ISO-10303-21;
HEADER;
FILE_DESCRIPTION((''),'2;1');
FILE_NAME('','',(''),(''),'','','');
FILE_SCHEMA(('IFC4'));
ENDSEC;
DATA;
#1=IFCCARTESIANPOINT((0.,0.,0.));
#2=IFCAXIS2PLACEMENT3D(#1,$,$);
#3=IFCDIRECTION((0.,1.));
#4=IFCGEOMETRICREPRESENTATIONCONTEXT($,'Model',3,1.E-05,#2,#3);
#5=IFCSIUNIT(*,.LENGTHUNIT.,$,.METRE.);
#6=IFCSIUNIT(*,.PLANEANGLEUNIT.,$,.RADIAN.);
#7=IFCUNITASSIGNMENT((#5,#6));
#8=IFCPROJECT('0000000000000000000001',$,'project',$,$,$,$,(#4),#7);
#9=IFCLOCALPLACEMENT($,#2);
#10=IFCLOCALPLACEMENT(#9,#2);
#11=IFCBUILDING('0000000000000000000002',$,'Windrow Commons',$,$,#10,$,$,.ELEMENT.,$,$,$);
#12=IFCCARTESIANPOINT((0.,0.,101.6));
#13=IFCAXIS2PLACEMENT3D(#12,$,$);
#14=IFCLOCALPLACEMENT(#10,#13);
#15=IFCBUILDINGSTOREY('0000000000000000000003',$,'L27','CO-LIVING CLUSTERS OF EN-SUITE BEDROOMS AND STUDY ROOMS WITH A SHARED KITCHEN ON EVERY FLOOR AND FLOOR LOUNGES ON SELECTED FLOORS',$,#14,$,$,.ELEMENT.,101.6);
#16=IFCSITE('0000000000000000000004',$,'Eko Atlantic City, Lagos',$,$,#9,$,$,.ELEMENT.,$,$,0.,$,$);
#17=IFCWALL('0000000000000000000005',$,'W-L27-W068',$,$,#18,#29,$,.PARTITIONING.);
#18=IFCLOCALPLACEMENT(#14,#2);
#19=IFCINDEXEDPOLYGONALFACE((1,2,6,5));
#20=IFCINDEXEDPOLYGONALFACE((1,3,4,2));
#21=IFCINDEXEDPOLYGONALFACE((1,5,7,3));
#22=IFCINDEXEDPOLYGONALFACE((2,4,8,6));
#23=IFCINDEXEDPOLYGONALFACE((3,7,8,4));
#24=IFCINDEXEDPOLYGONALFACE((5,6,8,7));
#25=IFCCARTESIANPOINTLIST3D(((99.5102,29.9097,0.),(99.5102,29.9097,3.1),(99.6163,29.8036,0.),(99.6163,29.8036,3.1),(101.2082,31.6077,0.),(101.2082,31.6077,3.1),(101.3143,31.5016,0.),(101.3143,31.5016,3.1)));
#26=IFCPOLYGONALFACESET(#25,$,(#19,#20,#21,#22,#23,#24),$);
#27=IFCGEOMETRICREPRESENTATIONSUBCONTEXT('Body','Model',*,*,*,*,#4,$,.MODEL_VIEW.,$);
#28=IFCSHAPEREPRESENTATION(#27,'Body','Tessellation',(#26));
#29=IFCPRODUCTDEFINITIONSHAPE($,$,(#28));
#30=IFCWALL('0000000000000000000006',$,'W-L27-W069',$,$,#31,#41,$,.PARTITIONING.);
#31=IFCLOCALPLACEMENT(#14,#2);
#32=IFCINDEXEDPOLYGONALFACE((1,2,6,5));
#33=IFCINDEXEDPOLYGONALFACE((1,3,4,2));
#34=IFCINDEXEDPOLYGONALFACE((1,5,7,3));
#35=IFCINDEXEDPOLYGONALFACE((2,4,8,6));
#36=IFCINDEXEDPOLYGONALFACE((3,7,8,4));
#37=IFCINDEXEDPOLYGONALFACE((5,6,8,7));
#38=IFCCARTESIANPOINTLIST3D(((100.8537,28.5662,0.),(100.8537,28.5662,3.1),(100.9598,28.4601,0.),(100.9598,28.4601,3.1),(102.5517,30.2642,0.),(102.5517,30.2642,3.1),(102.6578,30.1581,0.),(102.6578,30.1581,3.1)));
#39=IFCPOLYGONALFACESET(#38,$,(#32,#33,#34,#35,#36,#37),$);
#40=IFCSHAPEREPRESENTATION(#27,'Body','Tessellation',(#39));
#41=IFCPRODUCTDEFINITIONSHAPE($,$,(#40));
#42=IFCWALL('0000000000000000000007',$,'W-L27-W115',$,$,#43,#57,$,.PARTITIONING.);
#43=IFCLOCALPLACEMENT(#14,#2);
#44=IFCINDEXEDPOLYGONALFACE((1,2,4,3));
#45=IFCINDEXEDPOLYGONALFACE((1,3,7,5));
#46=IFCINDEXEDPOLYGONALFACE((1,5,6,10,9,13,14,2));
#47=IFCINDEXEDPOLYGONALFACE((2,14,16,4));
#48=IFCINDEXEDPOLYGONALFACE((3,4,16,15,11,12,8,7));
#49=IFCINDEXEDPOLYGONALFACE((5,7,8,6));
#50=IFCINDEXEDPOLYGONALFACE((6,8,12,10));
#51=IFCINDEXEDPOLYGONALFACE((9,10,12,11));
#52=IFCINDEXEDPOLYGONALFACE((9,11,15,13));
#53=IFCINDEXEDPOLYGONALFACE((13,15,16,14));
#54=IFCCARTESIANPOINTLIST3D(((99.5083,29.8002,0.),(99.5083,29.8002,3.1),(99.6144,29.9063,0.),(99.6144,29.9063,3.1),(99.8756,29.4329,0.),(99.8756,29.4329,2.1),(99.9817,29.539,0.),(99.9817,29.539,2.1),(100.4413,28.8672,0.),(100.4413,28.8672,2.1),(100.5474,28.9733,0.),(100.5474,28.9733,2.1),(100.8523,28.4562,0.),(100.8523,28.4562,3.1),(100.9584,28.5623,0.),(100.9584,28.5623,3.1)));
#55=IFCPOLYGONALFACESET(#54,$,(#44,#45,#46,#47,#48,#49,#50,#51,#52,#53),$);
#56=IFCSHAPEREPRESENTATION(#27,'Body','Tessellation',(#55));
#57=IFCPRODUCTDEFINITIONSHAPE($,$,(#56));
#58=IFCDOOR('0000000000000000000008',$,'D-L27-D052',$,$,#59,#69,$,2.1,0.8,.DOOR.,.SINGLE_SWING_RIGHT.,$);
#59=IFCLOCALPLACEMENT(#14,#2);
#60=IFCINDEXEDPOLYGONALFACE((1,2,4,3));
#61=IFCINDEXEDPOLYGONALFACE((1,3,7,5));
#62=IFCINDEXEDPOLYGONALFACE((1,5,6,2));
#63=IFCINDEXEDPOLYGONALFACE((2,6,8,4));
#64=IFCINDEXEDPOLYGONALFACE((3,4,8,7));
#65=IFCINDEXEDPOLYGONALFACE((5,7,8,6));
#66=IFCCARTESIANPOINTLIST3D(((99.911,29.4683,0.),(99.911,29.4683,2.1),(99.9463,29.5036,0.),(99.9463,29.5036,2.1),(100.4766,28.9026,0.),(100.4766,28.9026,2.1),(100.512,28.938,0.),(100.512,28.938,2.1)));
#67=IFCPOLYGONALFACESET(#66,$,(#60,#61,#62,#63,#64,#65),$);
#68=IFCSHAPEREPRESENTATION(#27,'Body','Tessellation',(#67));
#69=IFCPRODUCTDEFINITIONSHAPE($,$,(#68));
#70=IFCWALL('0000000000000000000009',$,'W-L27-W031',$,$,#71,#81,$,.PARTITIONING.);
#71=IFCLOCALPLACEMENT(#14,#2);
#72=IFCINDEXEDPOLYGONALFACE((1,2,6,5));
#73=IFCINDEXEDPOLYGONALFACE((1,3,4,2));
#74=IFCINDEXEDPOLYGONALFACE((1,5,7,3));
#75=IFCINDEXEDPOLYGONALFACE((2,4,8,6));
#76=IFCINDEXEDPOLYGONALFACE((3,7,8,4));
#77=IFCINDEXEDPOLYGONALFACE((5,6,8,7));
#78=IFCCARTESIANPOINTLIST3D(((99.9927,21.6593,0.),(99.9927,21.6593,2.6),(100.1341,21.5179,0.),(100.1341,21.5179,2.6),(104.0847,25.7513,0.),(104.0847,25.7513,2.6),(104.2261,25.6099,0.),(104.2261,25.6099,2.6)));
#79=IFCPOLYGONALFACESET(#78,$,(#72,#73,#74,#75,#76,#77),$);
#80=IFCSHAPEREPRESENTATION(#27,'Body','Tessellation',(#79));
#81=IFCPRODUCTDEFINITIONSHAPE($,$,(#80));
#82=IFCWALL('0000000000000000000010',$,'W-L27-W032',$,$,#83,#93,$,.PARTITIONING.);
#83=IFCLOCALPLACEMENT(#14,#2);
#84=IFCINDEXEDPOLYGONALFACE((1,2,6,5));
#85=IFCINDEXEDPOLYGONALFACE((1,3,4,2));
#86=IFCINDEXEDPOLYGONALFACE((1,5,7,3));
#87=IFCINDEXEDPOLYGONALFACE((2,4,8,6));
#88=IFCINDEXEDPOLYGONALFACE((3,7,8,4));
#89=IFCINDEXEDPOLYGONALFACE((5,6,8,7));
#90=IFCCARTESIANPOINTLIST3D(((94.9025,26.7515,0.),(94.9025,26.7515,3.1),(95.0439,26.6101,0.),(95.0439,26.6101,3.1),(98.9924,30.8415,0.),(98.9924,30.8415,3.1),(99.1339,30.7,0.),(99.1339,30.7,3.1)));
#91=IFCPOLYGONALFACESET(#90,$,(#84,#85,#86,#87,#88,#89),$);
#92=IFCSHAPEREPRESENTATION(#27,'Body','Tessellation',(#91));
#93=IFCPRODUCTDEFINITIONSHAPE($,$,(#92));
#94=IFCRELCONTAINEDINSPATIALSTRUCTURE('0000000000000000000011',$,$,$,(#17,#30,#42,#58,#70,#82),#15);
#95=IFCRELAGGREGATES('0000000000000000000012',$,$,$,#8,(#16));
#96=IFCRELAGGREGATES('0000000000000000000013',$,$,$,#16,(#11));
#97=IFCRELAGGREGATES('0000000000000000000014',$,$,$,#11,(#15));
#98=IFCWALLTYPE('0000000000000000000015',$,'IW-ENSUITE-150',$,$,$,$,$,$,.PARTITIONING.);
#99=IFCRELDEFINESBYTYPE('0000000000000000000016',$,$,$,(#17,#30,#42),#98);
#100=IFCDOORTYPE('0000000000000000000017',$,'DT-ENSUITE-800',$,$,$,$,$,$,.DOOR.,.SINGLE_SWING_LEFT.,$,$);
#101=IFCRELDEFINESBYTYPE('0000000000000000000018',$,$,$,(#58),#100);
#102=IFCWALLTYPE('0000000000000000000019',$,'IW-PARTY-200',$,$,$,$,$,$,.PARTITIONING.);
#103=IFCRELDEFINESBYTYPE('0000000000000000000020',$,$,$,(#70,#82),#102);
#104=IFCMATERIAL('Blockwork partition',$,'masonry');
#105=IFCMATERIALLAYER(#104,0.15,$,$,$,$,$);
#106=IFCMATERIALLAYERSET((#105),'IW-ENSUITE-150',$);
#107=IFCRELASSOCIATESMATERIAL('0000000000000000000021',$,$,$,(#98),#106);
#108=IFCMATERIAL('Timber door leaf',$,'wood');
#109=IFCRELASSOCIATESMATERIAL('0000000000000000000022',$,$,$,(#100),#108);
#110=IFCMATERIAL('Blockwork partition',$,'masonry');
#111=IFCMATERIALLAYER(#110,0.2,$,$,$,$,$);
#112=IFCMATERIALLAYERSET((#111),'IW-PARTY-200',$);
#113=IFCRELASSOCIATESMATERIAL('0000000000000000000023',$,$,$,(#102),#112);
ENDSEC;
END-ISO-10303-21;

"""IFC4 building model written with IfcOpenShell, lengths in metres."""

from ifc_helpers import new_model, si_unit, direction, frame, frame_2d, origin, place, context, subcontext, project, spatial, rectangle, extrude, material, layer, layer_set, type_object, element, fill, save


model = new_model("IFC4")

# Units and contexts
model_context = context("Model", 3, precision=1e-05, world=origin(), true_north=direction((0.0, 1.0)))
body_context = subcontext(model_context, "Body", "Model", "MODEL_VIEW")
ifc_project = project(units=[si_unit("LENGTHUNIT", "METRE"), si_unit("PLANEANGLEUNIT", "RADIAN")], contexts=[model_context])

# Site, building, storey
site_placement = place(None, origin())
site = spatial("IfcSite", under=ifc_project, at=site_placement, Name="Eko Atlantic City, Lagos", CompositionType="ELEMENT", RefElevation=0.0)
building_placement = place(site_placement, origin())
building = spatial("IfcBuilding", under=site, at=building_placement, Name="Windrow Commons", CompositionType="ELEMENT")
storey_placement = place(building_placement, frame((0.0, 0.0, 101.6)))
storey = spatial("IfcBuildingStorey", under=building, at=storey_placement, Name="L27", Description="CO-LIVING CLUSTERS OF EN-SUITE BEDROOMS AND STUDY ROOMS WITH A SHARED KITCHEN ON EVERY FLOOR AND FLOOR LOUNGES ON SELECTED FLOORS", CompositionType="ELEMENT", Elevation=101.6)

# Walls
ifc_material_1 = material(Name="Blockwork partition", Category="masonry")
ifc_layer_1 = layer(ifc_material_1, 0.15)
ifc_layer_set_1 = layer_set([ifc_layer_1], Name="IW-ENSUITE-150")
wall_type_1 = type_object("IfcWallType", Name="IW-ENSUITE-150", PredefinedType="PARTITIONING", material=ifc_layer_set_1)
for number, where, z_axis, x_axis, name in (
    (1, (99.5633, 29.8567, 0.0), (0.0, 0.0, 1.0), (0.707107, 0.707107, 0.0), "W-L27-W068"),
    (2, (100.9068, 28.5132, 0.0), (0.0, 0.0, 1.0), (0.707107, 0.707107, 0.0), "W-L27-W069"),
):
    element("IfcWall", number, at=place(storey_placement, frame(where, z_axis=z_axis, x_axis=x_axis)), inside=storey, type_object=wall_type_1, Name=name, PredefinedType="PARTITIONING", context=body_context, shape_type="SweptSolid", body=[
        extrude(rectangle(XDim=2.4013, YDim=0.15, at=frame_2d((1.2006, 0.0))), origin(), (0.0, 0.0, 1.0), 3.1),
    ])

# Wall, opening, door
wall_1_placement = place(storey_placement, frame((99.5613, 29.8533, 0.0), z_axis=(0.0, 0.0, 1.0), x_axis=(0.707107, -0.707107, 0.0)))
wall_1 = element("IfcWall", 3, at=wall_1_placement, inside=storey, type_object=wall_type_1, Name="W-L27-W115", PredefinedType="PARTITIONING", context=body_context, shape_type="SweptSolid", body=[
    extrude(rectangle(XDim=1.9007, YDim=0.15, at=frame_2d((0.9504, 0.0))), origin(), (0.0, 0.0, 1.0), 3.1),
])
opening_1_placement = place(wall_1_placement, frame((0.5195, 0.0, 0.0)))
opening_1 = element("IfcOpeningElement", 4, at=opening_1_placement, cuts=wall_1, PredefinedType="OPENING", context=body_context, shape_type="SweptSolid", body=[
    extrude(rectangle(XDim=0.8, YDim=2.1, at=frame_2d((0.4, 1.05))), frame((0.0, 0.085, 0.0), z_axis=(0.0, -1.0, 0.0), x_axis=(1.0, 0.0, 0.0)), (0.0, 0.0, 1.0), 0.17),
])
ifc_material_2 = material(Name="Timber door leaf", Category="wood")
door_type = type_object("IfcDoorType", Name="DT-ENSUITE-800", OperationType="SINGLE_SWING_LEFT", PredefinedType="DOOR", material=ifc_material_2)
door_placement = place(opening_1_placement, origin())
door = element("IfcDoor", 5, at=door_placement, inside=storey, type_object=door_type, Name="D-L27-D052", OperationType="SINGLE_SWING_RIGHT", OverallHeight=2.1, OverallWidth=0.8, PredefinedType="DOOR", context=body_context, shape_type="SweptSolid", body=[
    extrude(rectangle(XDim=0.8, YDim=2.1, at=frame_2d((0.4, 1.05))), frame((0.0, 0.025, 0.0), z_axis=(0.0, -1.0, 0.0), x_axis=(1.0, 0.0, 0.0)), (0.0, 0.0, 1.0), 0.05),
])
fill(opening_1, door)

# Walls
ifc_material_3 = material(Name="Blockwork partition", Category="masonry")
ifc_layer_2 = layer(ifc_material_3, 0.2)
ifc_layer_set_2 = layer_set([ifc_layer_2], Name="IW-PARTY-200")
wall_type_2 = type_object("IfcWallType", Name="IW-PARTY-200", PredefinedType="PARTITIONING", material=ifc_layer_set_2)
wall_2_placement = place(storey_placement, frame((100.0634, 21.5886, 0.0), z_axis=(0.0, 0.0, 1.0), x_axis=(0.707107, 0.707107, 0.0)))
element("IfcWall", 6, at=wall_2_placement, inside=storey, type_object=wall_type_2, Name="W-L27-W031", PredefinedType="PARTITIONING", context=body_context, shape_type="SweptSolid", body=[
    extrude(rectangle(XDim=5.787, YDim=0.2, at=frame_2d((2.8935, 0.0))), origin(), (0.0, 0.0, 1.0), 2.6),
])
wall_3_placement = place(storey_placement, frame((94.9732, 26.6808, 0.0), z_axis=(0.0, 0.0, 1.0), x_axis=(0.707107, 0.707107, 0.0)))
element("IfcWall", 7, at=wall_3_placement, inside=storey, type_object=wall_type_2, Name="W-L27-W032", PredefinedType="PARTITIONING", context=body_context, shape_type="SweptSolid", body=[
    extrude(rectangle(XDim=5.7841, YDim=0.2, at=frame_2d((2.892, 0.0))), origin(), (0.0, 0.0, 1.0), 3.1),
])

save(model, "model.ifc")
